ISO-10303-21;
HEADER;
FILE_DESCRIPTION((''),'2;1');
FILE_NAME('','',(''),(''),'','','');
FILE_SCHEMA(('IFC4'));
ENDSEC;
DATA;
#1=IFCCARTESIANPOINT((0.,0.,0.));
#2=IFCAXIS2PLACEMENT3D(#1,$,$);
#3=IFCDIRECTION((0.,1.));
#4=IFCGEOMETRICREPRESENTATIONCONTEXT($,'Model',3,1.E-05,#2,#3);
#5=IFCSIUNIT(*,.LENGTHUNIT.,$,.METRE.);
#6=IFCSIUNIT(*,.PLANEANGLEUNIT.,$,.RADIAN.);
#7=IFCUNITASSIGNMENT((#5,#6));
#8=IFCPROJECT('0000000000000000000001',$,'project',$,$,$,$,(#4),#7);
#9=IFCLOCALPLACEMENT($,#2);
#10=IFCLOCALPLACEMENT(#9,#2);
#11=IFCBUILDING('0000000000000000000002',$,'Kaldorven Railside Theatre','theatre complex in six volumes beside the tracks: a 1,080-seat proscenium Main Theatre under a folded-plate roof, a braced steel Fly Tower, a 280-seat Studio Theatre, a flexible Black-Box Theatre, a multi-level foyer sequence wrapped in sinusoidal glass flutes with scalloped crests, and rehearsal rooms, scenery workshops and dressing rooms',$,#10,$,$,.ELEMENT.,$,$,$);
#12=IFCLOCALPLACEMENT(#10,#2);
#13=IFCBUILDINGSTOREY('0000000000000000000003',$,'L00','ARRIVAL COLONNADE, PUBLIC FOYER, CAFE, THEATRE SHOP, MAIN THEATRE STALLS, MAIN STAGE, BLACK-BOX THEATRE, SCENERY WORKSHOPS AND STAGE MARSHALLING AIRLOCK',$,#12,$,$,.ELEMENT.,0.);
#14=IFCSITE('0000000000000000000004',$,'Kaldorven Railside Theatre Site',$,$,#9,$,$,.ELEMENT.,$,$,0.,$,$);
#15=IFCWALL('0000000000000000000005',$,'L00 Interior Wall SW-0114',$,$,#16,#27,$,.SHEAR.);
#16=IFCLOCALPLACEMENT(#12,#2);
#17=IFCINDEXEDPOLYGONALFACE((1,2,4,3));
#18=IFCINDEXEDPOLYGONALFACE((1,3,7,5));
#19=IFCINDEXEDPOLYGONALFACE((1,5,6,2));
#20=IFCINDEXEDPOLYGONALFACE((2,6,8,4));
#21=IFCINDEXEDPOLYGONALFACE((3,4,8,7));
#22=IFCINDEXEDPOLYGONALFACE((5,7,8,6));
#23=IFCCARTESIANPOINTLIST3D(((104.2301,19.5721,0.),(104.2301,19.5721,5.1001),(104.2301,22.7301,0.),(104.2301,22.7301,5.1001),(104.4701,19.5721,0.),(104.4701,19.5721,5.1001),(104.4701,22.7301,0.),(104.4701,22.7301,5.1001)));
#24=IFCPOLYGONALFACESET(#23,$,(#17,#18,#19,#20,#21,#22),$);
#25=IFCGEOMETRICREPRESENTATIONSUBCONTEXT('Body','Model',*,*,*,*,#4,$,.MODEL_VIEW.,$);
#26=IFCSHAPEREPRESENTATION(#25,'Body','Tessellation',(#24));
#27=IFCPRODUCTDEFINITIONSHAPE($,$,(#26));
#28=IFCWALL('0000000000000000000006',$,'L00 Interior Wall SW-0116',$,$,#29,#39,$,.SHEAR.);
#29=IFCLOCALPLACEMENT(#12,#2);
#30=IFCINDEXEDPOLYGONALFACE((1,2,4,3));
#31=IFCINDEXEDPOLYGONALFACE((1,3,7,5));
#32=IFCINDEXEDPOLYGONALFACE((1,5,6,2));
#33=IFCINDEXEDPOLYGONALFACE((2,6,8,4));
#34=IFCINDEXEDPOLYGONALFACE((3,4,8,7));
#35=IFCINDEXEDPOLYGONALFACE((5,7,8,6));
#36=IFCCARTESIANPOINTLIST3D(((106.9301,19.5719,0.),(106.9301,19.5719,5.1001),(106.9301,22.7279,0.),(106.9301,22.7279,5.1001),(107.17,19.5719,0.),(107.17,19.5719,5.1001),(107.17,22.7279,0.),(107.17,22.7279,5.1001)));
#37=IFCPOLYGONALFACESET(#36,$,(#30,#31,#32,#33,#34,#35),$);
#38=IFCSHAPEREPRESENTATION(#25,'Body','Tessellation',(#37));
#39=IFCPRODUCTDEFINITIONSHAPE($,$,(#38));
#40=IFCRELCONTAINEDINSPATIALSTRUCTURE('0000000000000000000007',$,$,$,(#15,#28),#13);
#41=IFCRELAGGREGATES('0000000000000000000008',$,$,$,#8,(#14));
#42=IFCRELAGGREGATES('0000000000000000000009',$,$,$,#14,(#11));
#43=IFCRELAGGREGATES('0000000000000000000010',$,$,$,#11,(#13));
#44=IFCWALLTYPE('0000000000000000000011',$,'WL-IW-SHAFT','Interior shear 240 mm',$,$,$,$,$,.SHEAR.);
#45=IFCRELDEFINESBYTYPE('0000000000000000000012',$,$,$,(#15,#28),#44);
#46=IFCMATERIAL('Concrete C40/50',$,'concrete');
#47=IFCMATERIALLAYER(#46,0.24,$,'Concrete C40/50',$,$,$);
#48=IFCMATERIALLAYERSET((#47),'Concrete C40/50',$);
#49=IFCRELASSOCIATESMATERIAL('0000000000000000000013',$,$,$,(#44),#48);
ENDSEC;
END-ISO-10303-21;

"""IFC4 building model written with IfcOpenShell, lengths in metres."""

from ifc_helpers import new_model, si_unit, direction, frame, frame_2d, origin, place, context, subcontext, project, spatial, rectangle, extrude, material, layer, layer_set, type_object, element, save


model = new_model("IFC4")

# Units and contexts
model_context = context("Model", 3, precision=1e-05, world=origin(), true_north=direction((0.0, 1.0)))
body_context = subcontext(model_context, "Body", "Model", "MODEL_VIEW")
ifc_project = project(units=[si_unit("LENGTHUNIT", "METRE"), si_unit("PLANEANGLEUNIT", "RADIAN")], contexts=[model_context])

# Site, building, storey
site_placement = place(None, origin())
site = spatial("IfcSite", under=ifc_project, at=site_placement, Name="Kaldorven Railside Theatre Site", CompositionType="ELEMENT", RefElevation=0.0)
building_placement = place(site_placement, origin())
building = spatial("IfcBuilding", under=site, at=building_placement, Name="Kaldorven Railside Theatre", Description="theatre complex in six volumes beside the tracks: a 1,080-seat proscenium Main Theatre under a folded-plate roof, a braced steel Fly Tower, a 280-seat Studio Theatre, a flexible Black-Box Theatre, a multi-level foyer sequence wrapped in sinusoidal glass flutes with scalloped crests, and rehearsal rooms, scenery workshops and dressing rooms", CompositionType="ELEMENT")
storey_placement = place(building_placement, origin())
storey = spatial("IfcBuildingStorey", under=building, at=storey_placement, Name="L00", Description="ARRIVAL COLONNADE, PUBLIC FOYER, CAFE, THEATRE SHOP, MAIN THEATRE STALLS, MAIN STAGE, BLACK-BOX THEATRE, SCENERY WORKSHOPS AND STAGE MARSHALLING AIRLOCK", CompositionType="ELEMENT", Elevation=0.0)

# Shared definitions
ifc_material_1 = material(Name="Concrete C40/50", Category="concrete")

# Wall
ifc_layer_1 = layer(ifc_material_1, 0.24, Name="Concrete C40/50")
ifc_layer_set_1 = layer_set([ifc_layer_1], Name="Concrete C40/50")
wall_type_1 = type_object("IfcWallType", Name="WL-IW-SHAFT", Description="Interior shear 240 mm", PredefinedType="SHEAR", material=ifc_layer_set_1)
wall_1_placement = place(storey_placement, frame((104.3501, 19.572, 0.0), z_axis=(0.0, 0.0, 1.0), x_axis=(0.0, 1.0, 0.0)))
element("IfcWall", 1, at=wall_1_placement, inside=storey, type_object=wall_type_1, Name="L00 Interior Wall SW-0114", PredefinedType="SHEAR", context=body_context, shape_type="SweptSolid", body=[
    extrude(rectangle(XDim=3.158, YDim=0.24, at=frame_2d((1.5791, 0.0))), origin(), (0.0, 0.0, 1.0), 5.1001),
])

# Wall
wall_2_placement = place(storey_placement, frame((107.05, 22.728, 0.0), z_axis=(0.0, 0.0, 1.0), x_axis=(0.0, -1.0, 0.0)))
element("IfcWall", 2, at=wall_2_placement, inside=storey, type_object=wall_type_1, Name="L00 Interior Wall SW-0116", PredefinedType="SHEAR", context=body_context, shape_type="SweptSolid", body=[
    extrude(rectangle(XDim=3.156, YDim=0.24, at=frame_2d((1.5781, 0.0))), origin(), (0.0, 0.0, 1.0), 5.1001),
])

save(model, "model.ifc")
